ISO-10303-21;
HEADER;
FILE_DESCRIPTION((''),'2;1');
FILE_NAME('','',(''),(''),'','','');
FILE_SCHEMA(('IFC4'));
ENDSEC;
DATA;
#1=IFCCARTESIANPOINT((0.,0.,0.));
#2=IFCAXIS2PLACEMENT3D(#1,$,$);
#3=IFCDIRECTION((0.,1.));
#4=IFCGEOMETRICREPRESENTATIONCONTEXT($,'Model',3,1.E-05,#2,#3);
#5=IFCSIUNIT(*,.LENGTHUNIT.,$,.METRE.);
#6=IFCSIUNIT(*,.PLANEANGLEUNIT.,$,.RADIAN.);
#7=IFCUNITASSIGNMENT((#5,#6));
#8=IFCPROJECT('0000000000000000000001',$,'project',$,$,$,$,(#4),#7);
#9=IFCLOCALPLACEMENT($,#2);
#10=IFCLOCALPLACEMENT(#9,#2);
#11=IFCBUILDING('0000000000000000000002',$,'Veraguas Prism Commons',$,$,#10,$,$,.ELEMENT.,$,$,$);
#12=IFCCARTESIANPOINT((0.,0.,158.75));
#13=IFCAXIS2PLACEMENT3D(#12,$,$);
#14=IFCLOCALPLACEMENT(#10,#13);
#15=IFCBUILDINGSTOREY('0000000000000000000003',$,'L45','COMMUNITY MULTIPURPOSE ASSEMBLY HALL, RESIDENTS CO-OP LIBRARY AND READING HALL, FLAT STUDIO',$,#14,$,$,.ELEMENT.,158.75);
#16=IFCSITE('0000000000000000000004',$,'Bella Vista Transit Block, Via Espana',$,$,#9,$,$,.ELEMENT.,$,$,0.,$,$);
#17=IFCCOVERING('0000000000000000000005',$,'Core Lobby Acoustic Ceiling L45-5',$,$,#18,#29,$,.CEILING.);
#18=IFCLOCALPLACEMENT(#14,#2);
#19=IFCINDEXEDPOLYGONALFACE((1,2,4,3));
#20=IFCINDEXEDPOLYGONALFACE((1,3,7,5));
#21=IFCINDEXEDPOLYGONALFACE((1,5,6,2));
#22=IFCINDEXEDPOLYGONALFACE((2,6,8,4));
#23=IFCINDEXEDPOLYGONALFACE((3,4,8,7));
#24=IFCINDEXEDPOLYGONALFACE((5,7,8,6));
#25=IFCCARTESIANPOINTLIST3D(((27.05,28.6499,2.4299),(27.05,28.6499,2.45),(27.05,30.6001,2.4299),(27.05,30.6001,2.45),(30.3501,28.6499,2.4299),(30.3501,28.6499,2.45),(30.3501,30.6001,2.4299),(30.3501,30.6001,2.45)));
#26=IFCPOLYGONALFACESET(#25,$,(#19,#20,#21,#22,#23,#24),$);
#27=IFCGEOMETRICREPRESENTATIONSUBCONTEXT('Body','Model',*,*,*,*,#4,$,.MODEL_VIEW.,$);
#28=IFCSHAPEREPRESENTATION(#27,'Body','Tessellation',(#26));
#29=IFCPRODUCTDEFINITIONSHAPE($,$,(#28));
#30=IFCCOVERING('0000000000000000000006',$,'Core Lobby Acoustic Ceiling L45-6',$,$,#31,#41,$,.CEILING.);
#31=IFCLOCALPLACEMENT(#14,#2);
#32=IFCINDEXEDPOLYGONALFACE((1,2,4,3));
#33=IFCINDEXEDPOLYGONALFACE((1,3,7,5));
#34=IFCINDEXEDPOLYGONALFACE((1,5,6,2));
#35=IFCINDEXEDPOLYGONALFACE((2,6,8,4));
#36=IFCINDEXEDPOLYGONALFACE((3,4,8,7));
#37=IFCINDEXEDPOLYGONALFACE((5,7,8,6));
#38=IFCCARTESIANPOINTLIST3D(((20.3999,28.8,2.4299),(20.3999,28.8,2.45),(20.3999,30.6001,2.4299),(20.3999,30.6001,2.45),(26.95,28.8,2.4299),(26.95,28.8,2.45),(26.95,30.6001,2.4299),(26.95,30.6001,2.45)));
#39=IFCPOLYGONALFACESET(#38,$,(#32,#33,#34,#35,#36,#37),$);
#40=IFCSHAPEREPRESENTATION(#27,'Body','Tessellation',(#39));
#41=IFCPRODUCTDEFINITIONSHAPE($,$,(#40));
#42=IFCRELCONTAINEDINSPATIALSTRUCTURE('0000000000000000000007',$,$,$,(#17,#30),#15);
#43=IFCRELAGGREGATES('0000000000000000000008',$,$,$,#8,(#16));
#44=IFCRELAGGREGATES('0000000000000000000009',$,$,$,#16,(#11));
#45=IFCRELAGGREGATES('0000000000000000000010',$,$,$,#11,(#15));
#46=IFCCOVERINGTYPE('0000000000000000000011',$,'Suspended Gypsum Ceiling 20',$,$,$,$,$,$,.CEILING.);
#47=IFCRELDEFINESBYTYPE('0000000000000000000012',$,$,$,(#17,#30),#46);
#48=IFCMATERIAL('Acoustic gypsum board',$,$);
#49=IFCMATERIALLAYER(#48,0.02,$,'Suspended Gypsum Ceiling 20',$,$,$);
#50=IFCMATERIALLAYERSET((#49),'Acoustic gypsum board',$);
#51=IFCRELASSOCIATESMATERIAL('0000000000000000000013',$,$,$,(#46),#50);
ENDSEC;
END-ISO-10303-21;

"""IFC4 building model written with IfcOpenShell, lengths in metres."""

from ifc_helpers import new_model, si_unit, direction, frame, origin, place, context, subcontext, project, spatial, polyline, outline, extrude, material, layer, layer_set, type_object, element, save


model = new_model("IFC4")

# Units and contexts
model_context = context("Model", 3, precision=1e-05, world=origin(), true_north=direction((0.0, 1.0)))
body_context = subcontext(model_context, "Body", "Model", "MODEL_VIEW")
ifc_project = project(units=[si_unit("LENGTHUNIT", "METRE"), si_unit("PLANEANGLEUNIT", "RADIAN")], contexts=[model_context])

# Site, building, storey
site_placement = place(None, origin())
site = spatial("IfcSite", under=ifc_project, at=site_placement, Name="Bella Vista Transit Block, Via Espana", CompositionType="ELEMENT", RefElevation=0.0)
building_placement = place(site_placement, origin())
building = spatial("IfcBuilding", under=site, at=building_placement, Name="Veraguas Prism Commons", CompositionType="ELEMENT")
storey_placement = place(building_placement, frame((0.0, 0.0, 158.75)))
storey = spatial("IfcBuildingStorey", under=building, at=storey_placement, Name="L45", Description="COMMUNITY MULTIPURPOSE ASSEMBLY HALL, RESIDENTS CO-OP LIBRARY AND READING HALL, FLAT STUDIO", CompositionType="ELEMENT", Elevation=158.75)

# Coverings
ifc_material_1 = material(Name="Acoustic gypsum board")
ifc_layer_1 = layer(ifc_material_1, 0.02, Name="Suspended Gypsum Ceiling 20")
ifc_layer_set_1 = layer_set([ifc_layer_1], Name="Acoustic gypsum board")
covering_type_1 = type_object("IfcCoveringType", Name="Suspended Gypsum Ceiling 20", PredefinedType="CEILING", material=ifc_layer_set_1)
covering_1_placement = place(storey_placement, frame((0.0, 0.0, 2.4299)))
element("IfcCovering", 1, at=covering_1_placement, inside=storey, type_object=covering_type_1, Name="Core Lobby Acoustic Ceiling L45-5", PredefinedType="CEILING", context=body_context, shape_type="SweptSolid", body=[
    extrude(outline(polyline([(27.05, 28.6499), (30.3501, 28.6499), (30.3501, 30.6001), (27.05, 30.6001), (27.05, 28.6499)])), origin(), (0.0, 0.0, 1.0), 0.02),
])
covering_2_placement = place(storey_placement, frame((0.0, 0.0, 2.4299)))
element("IfcCovering", 2, at=covering_2_placement, inside=storey, type_object=covering_type_1, Name="Core Lobby Acoustic Ceiling L45-6", PredefinedType="CEILING", context=body_context, shape_type="SweptSolid", body=[
    extrude(outline(polyline([(20.3999, 28.8), (26.95, 28.8), (26.95, 30.6001), (20.3999, 30.6001), (20.3999, 28.8)])), origin(), (0.0, 0.0, 1.0), 0.02),
])

save(model, "model.ifc")
